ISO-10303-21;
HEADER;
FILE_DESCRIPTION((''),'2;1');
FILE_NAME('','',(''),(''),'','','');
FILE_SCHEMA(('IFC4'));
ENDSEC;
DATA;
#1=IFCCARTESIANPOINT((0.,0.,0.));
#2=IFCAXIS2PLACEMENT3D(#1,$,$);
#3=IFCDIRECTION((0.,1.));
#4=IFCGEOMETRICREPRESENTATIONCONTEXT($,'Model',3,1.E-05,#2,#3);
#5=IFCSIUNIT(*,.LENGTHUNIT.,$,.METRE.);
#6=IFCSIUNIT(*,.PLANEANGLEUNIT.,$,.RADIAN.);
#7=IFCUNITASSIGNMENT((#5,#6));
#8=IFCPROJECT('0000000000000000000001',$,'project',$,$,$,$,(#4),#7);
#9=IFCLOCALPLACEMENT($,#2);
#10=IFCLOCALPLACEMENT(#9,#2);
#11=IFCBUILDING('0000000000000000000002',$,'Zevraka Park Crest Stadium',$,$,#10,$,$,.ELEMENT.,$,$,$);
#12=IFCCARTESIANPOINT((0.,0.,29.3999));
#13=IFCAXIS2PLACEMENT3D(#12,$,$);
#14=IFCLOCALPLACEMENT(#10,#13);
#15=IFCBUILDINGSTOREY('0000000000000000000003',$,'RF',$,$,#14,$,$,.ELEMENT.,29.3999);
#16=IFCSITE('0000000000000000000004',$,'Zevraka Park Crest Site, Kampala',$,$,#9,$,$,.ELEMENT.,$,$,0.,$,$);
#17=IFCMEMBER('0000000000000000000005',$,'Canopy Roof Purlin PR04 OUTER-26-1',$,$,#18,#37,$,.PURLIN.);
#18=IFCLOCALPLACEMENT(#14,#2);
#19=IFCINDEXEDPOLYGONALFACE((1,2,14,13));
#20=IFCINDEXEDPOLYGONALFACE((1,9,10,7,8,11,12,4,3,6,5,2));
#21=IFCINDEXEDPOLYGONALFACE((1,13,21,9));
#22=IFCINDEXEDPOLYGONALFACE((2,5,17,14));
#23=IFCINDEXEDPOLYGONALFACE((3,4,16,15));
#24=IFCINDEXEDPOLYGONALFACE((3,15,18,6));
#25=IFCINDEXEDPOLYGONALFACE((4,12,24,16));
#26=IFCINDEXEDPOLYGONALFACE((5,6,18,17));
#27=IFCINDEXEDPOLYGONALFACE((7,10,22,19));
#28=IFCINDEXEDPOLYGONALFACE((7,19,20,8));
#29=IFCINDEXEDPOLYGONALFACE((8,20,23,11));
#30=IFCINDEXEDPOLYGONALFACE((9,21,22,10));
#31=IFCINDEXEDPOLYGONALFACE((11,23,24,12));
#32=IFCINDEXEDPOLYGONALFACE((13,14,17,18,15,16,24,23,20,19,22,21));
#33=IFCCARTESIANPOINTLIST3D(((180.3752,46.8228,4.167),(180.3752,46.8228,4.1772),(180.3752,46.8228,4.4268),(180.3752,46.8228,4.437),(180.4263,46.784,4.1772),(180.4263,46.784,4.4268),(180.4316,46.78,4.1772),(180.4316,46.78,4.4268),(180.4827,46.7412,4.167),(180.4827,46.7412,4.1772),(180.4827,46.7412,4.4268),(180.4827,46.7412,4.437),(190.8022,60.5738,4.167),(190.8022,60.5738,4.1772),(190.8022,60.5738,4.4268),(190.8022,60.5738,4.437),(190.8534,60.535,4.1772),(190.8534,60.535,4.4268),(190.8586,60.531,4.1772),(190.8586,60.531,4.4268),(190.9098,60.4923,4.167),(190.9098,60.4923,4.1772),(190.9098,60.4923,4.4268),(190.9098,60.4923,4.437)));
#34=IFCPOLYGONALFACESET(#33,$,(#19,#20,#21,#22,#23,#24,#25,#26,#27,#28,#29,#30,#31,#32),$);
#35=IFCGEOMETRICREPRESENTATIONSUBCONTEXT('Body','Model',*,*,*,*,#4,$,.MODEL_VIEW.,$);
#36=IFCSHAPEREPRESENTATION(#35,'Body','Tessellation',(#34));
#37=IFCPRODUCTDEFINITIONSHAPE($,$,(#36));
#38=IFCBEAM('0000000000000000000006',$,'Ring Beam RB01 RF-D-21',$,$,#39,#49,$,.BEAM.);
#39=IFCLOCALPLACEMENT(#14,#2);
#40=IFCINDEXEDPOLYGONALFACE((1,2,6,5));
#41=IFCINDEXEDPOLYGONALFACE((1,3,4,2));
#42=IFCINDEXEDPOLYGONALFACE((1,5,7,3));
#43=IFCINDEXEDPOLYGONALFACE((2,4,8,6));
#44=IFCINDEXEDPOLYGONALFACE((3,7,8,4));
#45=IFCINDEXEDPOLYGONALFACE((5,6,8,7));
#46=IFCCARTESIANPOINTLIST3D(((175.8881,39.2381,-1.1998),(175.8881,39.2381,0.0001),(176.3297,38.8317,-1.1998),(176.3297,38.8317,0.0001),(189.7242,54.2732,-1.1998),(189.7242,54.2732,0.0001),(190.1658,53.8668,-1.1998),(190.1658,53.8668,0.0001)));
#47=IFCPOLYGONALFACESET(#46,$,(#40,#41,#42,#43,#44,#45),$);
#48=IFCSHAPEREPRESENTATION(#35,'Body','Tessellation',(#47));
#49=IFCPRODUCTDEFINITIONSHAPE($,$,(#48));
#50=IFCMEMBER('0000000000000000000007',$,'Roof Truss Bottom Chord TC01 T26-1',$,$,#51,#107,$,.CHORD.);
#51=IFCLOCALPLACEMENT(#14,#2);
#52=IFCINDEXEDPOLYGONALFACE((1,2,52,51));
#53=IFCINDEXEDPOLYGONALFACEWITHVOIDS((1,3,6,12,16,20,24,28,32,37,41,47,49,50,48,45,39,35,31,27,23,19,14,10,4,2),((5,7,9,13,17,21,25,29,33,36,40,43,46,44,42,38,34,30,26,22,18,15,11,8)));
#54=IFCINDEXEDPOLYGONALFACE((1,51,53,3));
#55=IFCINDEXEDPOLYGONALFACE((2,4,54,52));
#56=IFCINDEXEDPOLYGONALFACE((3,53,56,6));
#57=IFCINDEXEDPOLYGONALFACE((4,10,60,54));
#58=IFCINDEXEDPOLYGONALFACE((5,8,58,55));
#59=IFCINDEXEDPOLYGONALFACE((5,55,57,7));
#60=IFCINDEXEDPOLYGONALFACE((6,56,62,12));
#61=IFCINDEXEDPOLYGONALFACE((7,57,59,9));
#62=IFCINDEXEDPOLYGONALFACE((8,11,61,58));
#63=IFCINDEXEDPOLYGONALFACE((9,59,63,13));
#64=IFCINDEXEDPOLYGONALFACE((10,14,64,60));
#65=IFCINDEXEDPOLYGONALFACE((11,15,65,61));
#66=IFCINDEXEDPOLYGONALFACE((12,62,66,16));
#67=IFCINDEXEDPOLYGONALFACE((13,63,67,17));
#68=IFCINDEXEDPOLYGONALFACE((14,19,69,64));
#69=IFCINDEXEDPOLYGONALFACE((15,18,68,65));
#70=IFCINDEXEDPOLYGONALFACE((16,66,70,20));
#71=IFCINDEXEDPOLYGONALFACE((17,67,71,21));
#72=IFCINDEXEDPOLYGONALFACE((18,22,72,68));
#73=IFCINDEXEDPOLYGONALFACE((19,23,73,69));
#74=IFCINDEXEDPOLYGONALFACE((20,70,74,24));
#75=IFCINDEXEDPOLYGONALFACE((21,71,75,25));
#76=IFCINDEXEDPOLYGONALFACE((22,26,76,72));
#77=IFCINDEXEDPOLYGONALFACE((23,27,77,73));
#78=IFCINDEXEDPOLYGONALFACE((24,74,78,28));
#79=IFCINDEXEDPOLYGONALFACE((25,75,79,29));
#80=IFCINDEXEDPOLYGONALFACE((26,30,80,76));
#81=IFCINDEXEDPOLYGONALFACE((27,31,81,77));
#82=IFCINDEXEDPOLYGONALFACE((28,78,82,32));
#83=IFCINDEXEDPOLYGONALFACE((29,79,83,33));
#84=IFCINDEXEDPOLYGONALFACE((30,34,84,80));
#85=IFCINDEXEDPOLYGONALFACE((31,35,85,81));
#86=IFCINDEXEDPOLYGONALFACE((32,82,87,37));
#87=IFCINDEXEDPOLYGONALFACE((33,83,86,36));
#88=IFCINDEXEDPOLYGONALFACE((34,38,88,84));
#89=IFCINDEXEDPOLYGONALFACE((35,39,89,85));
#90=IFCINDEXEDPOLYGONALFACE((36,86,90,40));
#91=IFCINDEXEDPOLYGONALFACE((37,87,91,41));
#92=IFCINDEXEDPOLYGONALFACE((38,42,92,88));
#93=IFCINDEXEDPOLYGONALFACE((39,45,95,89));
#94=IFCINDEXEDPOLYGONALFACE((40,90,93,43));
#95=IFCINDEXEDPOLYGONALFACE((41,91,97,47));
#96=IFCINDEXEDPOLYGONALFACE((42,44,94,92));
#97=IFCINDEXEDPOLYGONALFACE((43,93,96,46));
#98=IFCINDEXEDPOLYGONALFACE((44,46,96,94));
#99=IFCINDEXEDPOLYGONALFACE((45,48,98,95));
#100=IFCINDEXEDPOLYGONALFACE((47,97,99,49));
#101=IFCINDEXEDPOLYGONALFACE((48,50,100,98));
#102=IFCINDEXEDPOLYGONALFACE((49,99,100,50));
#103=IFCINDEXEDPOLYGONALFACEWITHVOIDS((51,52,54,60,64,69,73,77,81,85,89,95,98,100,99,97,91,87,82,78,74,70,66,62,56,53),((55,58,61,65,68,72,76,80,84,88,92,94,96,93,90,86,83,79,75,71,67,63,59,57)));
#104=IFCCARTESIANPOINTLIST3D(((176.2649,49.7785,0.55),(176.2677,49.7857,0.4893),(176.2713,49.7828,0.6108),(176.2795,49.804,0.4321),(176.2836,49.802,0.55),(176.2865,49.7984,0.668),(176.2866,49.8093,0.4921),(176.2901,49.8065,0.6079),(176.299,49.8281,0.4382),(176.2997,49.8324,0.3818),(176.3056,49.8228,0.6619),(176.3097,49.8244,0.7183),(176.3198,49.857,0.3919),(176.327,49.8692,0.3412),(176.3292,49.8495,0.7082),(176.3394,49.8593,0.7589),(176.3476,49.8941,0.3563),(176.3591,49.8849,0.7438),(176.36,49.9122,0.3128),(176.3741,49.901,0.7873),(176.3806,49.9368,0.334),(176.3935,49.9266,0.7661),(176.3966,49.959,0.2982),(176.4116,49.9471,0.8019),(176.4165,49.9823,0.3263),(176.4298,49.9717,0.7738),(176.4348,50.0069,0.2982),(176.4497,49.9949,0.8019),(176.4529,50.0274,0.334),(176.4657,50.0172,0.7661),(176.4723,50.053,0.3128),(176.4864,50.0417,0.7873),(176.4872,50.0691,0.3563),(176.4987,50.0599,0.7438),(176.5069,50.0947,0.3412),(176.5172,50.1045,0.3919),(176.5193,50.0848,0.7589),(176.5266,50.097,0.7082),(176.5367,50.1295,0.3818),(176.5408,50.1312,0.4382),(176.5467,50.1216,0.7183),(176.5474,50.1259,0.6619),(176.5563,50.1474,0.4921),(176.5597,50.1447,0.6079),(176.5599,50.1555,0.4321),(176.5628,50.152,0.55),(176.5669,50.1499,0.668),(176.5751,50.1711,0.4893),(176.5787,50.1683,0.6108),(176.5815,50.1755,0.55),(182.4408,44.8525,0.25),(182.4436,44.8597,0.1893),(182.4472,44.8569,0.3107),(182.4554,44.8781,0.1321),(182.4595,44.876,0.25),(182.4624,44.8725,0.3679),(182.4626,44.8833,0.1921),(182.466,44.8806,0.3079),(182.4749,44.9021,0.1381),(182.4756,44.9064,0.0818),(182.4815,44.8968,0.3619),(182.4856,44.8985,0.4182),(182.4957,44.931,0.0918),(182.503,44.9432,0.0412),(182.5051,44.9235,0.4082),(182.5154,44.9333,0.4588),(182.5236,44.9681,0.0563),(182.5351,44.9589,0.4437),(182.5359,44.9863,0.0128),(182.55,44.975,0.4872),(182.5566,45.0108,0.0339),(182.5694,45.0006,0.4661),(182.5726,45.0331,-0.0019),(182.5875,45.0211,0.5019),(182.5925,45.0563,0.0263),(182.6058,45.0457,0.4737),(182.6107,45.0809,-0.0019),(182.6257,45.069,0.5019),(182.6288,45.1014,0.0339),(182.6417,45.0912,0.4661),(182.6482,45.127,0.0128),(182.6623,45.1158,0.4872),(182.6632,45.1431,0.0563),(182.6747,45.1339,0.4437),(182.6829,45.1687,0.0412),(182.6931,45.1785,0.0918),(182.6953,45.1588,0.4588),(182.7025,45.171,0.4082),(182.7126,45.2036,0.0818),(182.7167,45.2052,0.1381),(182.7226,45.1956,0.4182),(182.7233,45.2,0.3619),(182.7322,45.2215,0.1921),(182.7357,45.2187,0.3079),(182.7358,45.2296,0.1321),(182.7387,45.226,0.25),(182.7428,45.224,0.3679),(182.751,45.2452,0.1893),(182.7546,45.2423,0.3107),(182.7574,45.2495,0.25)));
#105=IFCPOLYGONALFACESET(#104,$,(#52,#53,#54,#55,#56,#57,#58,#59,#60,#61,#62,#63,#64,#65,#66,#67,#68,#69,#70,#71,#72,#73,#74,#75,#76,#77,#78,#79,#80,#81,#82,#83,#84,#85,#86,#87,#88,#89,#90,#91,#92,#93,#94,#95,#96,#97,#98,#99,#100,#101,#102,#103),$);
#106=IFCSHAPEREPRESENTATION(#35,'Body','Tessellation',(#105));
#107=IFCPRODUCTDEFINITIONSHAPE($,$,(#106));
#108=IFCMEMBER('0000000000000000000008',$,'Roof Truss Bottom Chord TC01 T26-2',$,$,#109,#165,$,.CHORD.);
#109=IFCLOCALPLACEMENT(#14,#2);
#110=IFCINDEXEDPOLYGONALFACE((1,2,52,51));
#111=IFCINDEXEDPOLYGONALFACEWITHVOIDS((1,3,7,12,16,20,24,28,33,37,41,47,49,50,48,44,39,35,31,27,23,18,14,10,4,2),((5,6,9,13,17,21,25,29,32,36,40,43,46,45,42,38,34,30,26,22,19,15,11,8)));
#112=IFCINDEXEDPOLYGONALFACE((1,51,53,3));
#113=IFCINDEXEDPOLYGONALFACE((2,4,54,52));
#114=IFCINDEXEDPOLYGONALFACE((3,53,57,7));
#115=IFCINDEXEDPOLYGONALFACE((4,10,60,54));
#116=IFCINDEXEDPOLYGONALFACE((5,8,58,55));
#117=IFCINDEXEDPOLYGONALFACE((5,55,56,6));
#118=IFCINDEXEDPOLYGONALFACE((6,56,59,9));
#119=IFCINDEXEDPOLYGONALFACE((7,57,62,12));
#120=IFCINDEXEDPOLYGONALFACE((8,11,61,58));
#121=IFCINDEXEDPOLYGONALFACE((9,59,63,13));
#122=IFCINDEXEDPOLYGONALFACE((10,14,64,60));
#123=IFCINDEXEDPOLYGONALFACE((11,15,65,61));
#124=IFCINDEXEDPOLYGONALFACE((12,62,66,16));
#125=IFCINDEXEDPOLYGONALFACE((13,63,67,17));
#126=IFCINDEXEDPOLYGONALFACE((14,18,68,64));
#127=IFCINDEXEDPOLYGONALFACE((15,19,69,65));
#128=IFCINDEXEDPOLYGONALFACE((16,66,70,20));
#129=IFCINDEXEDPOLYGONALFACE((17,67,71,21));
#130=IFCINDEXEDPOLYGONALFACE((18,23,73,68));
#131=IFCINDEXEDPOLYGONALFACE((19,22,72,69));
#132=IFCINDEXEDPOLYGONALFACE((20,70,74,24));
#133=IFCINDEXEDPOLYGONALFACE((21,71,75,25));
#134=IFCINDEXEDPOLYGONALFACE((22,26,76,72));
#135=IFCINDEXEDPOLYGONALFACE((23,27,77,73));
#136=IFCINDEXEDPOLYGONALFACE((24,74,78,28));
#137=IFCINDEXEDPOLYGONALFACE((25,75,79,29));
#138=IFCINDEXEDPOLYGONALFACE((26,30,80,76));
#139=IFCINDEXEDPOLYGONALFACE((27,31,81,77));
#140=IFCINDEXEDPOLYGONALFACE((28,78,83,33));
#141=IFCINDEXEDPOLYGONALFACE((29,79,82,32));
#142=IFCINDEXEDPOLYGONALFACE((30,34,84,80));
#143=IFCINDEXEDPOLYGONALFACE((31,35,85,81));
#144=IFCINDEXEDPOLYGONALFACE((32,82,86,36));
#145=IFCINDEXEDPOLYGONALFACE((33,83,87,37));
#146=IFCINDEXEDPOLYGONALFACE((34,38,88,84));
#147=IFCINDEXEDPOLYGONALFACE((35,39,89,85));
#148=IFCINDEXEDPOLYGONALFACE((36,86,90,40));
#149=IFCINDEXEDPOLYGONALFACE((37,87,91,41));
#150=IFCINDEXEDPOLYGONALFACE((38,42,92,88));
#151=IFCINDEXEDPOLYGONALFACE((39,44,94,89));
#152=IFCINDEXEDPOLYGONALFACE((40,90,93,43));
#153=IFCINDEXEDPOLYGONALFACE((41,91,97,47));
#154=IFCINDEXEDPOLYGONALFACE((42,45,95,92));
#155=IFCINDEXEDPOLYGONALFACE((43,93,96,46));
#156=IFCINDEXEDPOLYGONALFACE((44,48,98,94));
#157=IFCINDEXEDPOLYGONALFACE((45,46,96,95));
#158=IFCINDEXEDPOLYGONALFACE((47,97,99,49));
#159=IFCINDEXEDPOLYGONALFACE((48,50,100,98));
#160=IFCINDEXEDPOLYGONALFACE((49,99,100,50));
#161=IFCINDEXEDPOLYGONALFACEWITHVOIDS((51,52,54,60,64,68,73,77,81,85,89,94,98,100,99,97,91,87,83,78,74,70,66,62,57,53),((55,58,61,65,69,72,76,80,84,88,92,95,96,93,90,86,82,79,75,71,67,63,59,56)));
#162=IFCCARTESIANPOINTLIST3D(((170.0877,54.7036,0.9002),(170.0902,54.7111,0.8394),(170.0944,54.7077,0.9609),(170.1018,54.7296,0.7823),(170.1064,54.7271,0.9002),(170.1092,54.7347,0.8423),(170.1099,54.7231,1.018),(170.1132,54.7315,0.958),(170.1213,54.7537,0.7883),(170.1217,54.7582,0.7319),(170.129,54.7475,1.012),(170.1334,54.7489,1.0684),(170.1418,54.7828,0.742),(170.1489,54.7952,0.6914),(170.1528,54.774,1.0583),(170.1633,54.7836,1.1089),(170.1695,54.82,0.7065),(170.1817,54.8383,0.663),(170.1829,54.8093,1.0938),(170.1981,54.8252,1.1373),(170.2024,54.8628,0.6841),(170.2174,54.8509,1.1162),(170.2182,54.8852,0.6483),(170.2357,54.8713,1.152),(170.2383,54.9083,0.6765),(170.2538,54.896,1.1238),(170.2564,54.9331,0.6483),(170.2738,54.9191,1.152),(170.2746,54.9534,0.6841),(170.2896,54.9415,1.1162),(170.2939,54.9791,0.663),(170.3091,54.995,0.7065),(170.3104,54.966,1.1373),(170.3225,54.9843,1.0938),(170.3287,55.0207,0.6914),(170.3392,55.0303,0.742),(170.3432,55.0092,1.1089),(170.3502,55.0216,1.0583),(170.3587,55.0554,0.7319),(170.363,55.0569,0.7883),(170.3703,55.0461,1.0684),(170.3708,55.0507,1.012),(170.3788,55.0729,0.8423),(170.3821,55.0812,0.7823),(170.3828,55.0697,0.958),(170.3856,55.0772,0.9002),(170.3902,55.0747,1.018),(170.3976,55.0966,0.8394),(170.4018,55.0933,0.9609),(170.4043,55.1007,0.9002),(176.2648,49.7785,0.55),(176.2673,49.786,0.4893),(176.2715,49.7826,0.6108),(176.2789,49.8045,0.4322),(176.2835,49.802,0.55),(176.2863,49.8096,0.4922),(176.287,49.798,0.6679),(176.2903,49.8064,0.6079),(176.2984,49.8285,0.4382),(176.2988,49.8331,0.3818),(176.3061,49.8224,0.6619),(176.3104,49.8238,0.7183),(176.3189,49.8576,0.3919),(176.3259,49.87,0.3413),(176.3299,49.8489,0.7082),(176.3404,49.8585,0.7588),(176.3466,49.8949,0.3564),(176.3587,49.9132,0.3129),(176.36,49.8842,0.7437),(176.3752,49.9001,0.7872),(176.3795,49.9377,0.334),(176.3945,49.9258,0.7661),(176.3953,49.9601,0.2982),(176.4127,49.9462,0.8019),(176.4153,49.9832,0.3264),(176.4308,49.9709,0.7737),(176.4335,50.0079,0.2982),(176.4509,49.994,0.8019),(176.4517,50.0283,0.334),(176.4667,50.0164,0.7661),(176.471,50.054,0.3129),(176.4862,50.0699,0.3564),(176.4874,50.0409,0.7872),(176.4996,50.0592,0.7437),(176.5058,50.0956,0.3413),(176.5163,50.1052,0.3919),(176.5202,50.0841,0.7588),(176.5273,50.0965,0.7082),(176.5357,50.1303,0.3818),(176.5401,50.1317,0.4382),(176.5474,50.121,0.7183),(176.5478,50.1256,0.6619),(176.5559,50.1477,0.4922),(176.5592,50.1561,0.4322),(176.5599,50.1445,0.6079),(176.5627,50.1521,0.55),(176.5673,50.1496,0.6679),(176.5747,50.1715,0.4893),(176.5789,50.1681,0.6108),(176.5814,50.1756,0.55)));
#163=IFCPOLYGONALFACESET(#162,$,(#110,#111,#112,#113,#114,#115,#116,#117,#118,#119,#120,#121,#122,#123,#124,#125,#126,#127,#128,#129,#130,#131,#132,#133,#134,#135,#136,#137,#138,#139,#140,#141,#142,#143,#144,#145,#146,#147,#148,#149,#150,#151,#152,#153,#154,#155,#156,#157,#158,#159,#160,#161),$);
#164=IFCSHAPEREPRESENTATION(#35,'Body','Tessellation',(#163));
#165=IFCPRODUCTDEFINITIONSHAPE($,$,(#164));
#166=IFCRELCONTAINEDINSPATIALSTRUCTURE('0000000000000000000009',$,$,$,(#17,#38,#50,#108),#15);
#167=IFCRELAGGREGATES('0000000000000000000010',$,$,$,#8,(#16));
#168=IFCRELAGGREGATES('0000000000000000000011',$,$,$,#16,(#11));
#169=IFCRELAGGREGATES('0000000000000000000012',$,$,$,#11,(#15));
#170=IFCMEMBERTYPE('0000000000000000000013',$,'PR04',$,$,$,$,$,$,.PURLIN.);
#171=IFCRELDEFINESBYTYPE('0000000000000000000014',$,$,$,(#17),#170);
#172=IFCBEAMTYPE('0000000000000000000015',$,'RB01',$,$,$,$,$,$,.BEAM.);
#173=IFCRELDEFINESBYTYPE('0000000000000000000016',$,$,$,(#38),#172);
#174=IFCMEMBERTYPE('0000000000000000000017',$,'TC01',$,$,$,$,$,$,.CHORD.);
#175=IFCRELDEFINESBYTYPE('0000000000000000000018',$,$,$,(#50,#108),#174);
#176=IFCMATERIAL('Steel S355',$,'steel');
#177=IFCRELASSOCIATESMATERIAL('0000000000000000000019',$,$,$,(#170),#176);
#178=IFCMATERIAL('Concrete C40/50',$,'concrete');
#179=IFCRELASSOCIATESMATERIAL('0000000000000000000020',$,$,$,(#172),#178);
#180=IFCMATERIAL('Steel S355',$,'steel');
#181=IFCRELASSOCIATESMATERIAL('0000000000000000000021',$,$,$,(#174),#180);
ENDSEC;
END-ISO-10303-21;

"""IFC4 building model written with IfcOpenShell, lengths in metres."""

from ifc_helpers import new_model, si_unit, direction, frame, origin, origin_2d, place, context, subcontext, project, spatial, rectangle, hollow_circle, i_section, extrude, material, material_profile, profile_set, type_object, element, save


model = new_model("IFC4")

# Units and contexts
model_context = context("Model", 3, precision=1e-05, world=origin(), true_north=direction((0.0, 1.0)))
body_context = subcontext(model_context, "Body", "Model", "MODEL_VIEW")
ifc_project = project(units=[si_unit("LENGTHUNIT", "METRE"), si_unit("PLANEANGLEUNIT", "RADIAN")], contexts=[model_context])

# Site, building, storey
site_placement = place(None, origin())
site = spatial("IfcSite", under=ifc_project, at=site_placement, Name="Zevraka Park Crest Site, Kampala", CompositionType="ELEMENT", RefElevation=0.0)
building_placement = place(site_placement, origin())
building = spatial("IfcBuilding", under=site, at=building_placement, Name="Zevraka Park Crest Stadium", CompositionType="ELEMENT")
storey_placement = place(building_placement, frame((0.0, 0.0, 29.3999)))
storey = spatial("IfcBuildingStorey", under=building, at=storey_placement, Name="RF", CompositionType="ELEMENT", Elevation=29.3999)

# Member
ifc_material_1 = material(Name="Steel S355", Category="steel")
ifc_material_profile_1 = material_profile(ifc_material_1, i_section(OverallWidth=0.135, OverallDepth=0.27, WebThickness=0.0066, FlangeThickness=0.0103, at=origin_2d()), Name="IPE 270")
ifc_profile_set_1 = profile_set([ifc_material_profile_1], Name="Steel S355")
member_type_1 = type_object("IfcMemberType", Name="PR04", PredefinedType="PURLIN", material=ifc_profile_set_1)
member_1_placement = place(storey_placement, frame((180.429, 46.782, 4.302), z_axis=(0.604211, 0.796824, 0.0), x_axis=(-0.796824, 0.604211, 0.0)))
element("IfcMember", 1, at=member_1_placement, inside=storey, type_object=member_type_1, Name="Canopy Roof Purlin PR04 OUTER-26-1", PredefinedType="PURLIN", context=body_context, shape_type="SweptSolid", body=[
    extrude(i_section(OverallWidth=0.135, OverallDepth=0.27, WebThickness=0.0066, FlangeThickness=0.0103, at=origin_2d()), origin(), (0.0, 0.0, 1.0), 17.2573),
])

# Beam
ifc_material_2 = material(Name="Concrete C40/50", Category="concrete")
ifc_material_profile_2 = material_profile(ifc_material_2, rectangle(XDim=0.6001, YDim=1.2, at=origin_2d()), Name="RC 1200x600")
ifc_profile_set_2 = profile_set([ifc_material_profile_2], Name="Concrete C40/50")
beam_type = type_object("IfcBeamType", Name="RB01", PredefinedType="BEAM", material=ifc_profile_set_2)
beam_placement = place(storey_placement, frame((176.1089, 39.0349, -0.5999), z_axis=(0.677158, 0.735837, 0.0), x_axis=(-0.735837, 0.677158, 0.0)))
element("IfcBeam", 2, at=beam_placement, inside=storey, type_object=beam_type, Name="Ring Beam RB01 RF-D-21", PredefinedType="BEAM", context=body_context, shape_type="SweptSolid", body=[
    extrude(rectangle(XDim=0.6001, YDim=1.2, at=origin_2d()), origin(), (0.0, 0.0, 1.0), 20.4326),
])

# Members
ifc_material_3 = material(Name="Steel S355", Category="steel")
ifc_material_profile_3 = material_profile(ifc_material_3, hollow_circle(Radius=0.2539, WallThickness=0.03, at=origin_2d()), Name="CHS 508.0x30")
ifc_profile_set_3 = profile_set([ifc_material_profile_3], Name="Steel S355")
member_type_2 = type_object("IfcMemberType", Name="TC01", PredefinedType="CHORD", material=ifc_profile_set_3)
member_2_placement = place(storey_placement, frame((182.5991, 45.051, 0.25), z_axis=(-0.781218, 0.623103, 0.037954), x_axis=(-0.623552, -0.781782, 0.0)))
element("IfcMember", 3, at=member_2_placement, inside=storey, type_object=member_type_2, Name="Roof Truss Bottom Chord TC01 T26-1", PredefinedType="CHORD", context=body_context, shape_type="SweptSolid", body=[
    extrude(hollow_circle(Radius=0.2539, WallThickness=0.03, at=origin_2d()), origin(), (0.0, 0.0, 1.0), 7.9055),
])
member_3_placement = place(storey_placement, frame((176.4231, 49.9771, 0.55), z_axis=(-0.781123, 0.622805, 0.044272), x_axis=(-0.623417, -0.78189, 0.0)))
element("IfcMember", 4, at=member_3_placement, inside=storey, type_object=member_type_2, Name="Roof Truss Bottom Chord TC01 T26-2", PredefinedType="CHORD", context=body_context, shape_type="SweptSolid", body=[
    extrude(hollow_circle(Radius=0.2539, WallThickness=0.03, at=origin_2d()), origin(), (0.0, 0.0, 1.0), 7.908),
])

save(model, "model.ifc")
